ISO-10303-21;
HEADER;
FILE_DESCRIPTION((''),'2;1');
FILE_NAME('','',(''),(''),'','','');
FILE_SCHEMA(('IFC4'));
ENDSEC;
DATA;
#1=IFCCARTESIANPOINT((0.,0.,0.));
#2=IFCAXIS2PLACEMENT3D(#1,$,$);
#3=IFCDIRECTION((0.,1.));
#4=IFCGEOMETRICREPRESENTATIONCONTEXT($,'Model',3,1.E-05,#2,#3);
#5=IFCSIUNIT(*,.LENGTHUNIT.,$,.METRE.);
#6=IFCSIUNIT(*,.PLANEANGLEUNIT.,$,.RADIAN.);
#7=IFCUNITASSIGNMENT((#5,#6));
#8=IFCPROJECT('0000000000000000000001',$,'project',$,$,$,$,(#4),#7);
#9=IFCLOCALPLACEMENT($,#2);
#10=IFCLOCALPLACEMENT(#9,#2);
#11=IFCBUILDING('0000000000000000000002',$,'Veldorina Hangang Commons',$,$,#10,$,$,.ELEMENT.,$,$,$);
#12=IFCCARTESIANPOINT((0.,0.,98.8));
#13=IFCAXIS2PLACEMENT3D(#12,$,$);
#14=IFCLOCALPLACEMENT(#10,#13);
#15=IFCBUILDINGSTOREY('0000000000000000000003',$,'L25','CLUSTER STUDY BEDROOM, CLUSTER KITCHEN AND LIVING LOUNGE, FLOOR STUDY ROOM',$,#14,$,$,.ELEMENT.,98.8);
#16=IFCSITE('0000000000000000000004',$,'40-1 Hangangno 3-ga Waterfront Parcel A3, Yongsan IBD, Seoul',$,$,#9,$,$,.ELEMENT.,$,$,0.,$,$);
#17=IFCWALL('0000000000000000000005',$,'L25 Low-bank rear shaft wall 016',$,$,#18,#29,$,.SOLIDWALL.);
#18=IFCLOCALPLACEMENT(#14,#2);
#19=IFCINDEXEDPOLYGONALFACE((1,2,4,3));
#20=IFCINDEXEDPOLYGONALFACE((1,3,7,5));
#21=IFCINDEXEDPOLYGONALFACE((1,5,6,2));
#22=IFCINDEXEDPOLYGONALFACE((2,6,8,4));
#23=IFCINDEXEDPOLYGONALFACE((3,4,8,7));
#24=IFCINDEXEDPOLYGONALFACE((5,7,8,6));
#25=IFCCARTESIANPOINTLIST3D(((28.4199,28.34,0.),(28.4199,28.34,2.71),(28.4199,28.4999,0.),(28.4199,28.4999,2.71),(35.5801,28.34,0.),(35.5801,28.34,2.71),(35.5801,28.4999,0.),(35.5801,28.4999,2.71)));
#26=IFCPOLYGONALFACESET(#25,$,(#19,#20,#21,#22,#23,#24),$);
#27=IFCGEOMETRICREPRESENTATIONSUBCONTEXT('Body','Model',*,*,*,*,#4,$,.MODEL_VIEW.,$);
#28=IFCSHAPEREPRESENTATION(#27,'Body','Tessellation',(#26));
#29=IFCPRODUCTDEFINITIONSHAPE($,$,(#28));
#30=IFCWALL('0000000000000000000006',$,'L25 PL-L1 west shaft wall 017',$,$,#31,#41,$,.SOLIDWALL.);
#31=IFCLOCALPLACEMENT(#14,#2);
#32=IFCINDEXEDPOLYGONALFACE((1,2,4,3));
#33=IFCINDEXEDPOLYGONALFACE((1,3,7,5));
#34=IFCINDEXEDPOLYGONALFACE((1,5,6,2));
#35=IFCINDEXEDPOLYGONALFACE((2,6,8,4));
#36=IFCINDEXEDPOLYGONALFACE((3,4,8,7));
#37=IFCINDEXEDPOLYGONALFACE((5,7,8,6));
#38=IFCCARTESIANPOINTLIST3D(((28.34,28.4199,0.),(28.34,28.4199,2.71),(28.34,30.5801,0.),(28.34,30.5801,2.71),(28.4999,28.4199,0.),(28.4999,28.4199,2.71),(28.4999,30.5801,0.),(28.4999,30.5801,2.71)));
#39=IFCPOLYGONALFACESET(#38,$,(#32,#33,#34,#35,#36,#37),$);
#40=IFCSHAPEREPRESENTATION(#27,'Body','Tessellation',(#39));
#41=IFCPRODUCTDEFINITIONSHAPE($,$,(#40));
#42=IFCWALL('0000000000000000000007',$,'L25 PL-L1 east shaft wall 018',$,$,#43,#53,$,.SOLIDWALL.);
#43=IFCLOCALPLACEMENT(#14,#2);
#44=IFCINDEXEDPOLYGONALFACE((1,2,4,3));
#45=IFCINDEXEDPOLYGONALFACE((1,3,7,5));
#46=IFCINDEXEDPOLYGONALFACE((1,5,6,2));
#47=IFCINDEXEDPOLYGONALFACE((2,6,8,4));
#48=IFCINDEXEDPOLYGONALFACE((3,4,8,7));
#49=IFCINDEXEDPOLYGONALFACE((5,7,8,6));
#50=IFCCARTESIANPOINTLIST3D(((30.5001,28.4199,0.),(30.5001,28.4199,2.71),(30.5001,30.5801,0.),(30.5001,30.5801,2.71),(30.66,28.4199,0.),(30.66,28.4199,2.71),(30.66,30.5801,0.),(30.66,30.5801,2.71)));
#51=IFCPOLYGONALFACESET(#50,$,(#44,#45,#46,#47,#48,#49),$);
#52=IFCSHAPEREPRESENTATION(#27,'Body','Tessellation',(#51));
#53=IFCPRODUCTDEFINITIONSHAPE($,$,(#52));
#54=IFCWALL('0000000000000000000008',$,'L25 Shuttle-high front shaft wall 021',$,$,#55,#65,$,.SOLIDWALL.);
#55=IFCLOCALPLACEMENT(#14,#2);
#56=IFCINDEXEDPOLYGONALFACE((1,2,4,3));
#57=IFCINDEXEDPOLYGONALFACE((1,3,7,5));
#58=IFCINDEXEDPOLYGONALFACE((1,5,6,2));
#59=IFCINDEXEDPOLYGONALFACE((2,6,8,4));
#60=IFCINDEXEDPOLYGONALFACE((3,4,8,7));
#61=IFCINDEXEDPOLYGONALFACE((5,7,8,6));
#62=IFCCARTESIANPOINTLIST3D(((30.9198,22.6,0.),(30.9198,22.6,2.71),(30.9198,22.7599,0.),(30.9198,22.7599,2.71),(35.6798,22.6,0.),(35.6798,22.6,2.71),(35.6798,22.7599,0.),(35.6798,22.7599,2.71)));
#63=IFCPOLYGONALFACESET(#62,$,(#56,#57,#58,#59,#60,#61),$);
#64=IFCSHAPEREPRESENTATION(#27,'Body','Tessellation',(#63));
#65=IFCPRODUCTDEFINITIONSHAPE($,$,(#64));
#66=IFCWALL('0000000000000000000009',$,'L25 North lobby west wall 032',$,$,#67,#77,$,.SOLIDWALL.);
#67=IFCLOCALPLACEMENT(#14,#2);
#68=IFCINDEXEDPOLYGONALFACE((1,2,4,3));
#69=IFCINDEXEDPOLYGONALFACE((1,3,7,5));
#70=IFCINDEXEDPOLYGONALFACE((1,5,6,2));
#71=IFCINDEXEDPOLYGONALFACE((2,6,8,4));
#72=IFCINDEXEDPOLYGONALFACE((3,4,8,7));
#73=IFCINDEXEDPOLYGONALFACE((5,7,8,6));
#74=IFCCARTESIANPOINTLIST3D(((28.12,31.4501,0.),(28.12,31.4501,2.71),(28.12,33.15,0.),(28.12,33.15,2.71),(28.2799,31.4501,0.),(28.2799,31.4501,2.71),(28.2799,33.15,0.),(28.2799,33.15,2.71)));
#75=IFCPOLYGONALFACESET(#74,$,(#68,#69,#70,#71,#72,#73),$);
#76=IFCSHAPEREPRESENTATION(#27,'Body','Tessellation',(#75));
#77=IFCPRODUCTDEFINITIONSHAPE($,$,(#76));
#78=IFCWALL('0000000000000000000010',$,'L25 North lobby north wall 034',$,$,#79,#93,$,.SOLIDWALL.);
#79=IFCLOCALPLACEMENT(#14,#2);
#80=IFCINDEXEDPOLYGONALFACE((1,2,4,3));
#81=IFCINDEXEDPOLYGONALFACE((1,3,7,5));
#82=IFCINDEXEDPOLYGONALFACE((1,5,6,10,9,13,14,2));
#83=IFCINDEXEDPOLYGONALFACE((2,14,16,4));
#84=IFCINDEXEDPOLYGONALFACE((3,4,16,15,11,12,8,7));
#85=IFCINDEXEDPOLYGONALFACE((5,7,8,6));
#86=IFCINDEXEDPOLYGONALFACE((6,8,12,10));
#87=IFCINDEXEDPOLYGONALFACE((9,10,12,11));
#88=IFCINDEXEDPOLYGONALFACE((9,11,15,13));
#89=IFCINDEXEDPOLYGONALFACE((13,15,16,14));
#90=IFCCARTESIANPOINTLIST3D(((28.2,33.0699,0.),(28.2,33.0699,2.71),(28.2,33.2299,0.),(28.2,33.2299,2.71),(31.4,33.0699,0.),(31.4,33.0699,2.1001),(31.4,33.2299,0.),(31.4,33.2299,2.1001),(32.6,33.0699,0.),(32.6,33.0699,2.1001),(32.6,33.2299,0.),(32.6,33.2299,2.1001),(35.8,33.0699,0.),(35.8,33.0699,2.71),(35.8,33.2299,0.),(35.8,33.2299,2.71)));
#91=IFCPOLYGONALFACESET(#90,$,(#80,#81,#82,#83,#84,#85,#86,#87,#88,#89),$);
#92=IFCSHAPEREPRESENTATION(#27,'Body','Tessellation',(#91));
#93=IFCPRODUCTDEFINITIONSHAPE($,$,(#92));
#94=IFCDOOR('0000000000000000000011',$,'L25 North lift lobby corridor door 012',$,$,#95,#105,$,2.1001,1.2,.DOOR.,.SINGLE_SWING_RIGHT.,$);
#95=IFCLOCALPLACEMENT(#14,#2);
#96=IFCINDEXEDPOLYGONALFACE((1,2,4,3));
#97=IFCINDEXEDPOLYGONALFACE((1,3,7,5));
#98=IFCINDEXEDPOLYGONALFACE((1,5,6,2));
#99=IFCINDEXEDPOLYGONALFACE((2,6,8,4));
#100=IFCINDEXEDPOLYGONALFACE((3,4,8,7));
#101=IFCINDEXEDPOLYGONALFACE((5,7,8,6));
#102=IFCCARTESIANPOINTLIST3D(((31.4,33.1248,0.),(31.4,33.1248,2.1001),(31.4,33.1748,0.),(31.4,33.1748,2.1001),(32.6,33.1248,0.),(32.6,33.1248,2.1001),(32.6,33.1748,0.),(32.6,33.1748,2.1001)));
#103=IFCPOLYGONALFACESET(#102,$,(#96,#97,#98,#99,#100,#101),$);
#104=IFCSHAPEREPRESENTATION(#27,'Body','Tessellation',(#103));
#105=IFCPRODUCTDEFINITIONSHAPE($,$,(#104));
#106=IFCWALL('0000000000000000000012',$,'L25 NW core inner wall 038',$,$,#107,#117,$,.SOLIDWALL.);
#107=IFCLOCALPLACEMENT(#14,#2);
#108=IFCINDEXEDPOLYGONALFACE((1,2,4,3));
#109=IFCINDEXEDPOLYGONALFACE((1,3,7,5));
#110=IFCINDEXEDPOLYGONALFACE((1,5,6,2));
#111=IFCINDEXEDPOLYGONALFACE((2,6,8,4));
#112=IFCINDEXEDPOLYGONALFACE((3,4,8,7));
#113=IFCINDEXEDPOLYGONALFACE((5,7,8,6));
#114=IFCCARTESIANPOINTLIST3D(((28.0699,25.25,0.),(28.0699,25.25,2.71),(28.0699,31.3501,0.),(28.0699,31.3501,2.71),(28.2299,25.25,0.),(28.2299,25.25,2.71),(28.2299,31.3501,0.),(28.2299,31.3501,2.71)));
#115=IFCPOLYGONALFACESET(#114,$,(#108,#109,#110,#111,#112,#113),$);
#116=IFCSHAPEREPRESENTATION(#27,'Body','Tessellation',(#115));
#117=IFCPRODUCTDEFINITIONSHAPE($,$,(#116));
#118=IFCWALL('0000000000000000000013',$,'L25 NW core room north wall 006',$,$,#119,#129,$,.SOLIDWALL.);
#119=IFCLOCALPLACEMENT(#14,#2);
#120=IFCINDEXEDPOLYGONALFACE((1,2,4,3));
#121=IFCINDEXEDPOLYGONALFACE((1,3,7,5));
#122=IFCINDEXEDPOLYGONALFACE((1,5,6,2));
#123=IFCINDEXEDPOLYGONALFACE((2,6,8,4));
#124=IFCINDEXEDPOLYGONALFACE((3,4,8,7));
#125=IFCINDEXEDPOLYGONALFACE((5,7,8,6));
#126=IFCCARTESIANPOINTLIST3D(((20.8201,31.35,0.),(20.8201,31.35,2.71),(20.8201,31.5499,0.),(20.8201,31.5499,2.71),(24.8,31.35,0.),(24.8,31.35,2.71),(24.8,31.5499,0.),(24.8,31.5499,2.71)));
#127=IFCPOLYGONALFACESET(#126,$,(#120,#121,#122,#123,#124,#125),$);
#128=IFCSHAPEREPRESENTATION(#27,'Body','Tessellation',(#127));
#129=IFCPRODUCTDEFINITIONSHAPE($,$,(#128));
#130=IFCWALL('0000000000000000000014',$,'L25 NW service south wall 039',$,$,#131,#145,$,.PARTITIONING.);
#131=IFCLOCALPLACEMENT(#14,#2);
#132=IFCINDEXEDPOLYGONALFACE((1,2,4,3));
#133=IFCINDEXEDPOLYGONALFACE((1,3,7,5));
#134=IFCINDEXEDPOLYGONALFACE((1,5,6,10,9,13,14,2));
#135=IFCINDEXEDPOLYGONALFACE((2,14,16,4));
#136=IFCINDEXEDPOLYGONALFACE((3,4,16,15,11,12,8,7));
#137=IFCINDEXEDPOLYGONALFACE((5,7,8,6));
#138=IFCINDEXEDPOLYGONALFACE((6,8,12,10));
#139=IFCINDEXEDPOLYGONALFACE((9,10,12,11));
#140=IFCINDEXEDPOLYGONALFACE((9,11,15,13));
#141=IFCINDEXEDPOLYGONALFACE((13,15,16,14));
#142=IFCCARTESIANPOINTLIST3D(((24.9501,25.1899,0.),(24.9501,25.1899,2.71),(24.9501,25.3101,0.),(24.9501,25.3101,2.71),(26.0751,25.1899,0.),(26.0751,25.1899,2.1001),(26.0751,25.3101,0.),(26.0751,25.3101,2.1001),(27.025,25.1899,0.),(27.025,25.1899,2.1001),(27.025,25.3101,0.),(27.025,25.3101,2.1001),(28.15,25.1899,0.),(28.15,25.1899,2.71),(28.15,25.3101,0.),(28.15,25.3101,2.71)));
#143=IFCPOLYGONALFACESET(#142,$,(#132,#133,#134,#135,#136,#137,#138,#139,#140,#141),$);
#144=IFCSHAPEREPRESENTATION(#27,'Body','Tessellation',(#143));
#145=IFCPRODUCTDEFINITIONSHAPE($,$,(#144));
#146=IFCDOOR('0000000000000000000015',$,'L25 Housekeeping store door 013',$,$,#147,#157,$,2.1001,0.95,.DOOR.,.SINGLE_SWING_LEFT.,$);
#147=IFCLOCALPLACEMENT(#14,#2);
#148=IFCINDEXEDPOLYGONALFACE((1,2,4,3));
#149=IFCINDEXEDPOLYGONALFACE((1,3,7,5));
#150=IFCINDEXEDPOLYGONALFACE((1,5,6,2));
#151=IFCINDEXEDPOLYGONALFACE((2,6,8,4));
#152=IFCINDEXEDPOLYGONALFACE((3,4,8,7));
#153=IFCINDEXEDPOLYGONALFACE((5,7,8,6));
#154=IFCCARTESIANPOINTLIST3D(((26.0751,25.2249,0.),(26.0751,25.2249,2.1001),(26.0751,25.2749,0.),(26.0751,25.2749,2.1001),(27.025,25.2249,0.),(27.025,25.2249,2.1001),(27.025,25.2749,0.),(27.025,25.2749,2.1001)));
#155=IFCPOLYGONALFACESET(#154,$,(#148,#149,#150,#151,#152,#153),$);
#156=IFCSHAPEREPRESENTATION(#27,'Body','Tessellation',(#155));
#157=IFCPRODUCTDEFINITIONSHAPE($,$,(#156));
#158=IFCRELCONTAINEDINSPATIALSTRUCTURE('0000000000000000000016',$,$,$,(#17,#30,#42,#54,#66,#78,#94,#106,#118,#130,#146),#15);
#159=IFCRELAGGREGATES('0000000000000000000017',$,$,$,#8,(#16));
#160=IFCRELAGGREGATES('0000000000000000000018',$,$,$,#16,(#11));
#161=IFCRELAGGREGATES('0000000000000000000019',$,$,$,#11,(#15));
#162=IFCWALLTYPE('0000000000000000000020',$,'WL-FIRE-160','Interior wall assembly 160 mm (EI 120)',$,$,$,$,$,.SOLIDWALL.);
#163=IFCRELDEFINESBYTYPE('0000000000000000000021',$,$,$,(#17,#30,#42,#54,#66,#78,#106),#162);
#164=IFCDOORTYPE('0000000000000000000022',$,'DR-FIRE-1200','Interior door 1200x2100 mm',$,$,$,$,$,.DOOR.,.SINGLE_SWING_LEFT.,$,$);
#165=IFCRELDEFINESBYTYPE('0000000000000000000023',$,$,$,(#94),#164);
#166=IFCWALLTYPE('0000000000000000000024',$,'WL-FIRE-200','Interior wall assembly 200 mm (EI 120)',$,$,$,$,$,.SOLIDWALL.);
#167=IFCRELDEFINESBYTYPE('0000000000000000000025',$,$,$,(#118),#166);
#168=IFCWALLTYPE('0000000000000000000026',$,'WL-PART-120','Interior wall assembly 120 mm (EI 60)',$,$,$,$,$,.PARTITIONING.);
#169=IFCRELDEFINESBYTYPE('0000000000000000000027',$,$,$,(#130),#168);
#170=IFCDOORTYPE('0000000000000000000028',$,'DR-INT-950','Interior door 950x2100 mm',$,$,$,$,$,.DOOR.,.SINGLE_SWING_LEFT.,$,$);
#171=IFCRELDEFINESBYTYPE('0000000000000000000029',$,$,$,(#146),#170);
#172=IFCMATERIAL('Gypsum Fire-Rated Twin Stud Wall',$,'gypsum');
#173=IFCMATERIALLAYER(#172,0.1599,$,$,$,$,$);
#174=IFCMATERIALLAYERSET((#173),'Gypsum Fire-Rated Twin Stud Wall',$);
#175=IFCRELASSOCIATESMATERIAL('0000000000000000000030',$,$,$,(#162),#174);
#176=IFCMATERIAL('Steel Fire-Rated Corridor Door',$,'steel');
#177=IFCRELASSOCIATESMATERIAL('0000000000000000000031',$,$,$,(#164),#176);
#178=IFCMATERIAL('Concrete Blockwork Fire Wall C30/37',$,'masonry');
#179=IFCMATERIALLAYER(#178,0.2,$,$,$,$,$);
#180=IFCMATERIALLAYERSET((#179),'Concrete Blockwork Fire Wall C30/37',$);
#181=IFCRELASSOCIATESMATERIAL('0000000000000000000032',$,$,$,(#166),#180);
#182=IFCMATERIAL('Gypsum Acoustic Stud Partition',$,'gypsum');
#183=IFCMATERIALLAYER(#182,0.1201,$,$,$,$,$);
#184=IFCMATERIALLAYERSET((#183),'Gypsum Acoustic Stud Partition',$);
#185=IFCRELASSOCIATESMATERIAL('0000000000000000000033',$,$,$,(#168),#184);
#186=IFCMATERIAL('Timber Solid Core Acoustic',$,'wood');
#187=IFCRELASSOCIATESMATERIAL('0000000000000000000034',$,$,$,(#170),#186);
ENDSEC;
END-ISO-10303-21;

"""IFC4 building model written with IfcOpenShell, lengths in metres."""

from ifc_helpers import new_model, si_unit, direction, frame, frame_2d, origin, place, context, subcontext, project, spatial, rectangle, extrude, material, layer, layer_set, type_object, element, fill, save


model = new_model("IFC4")

# Units and contexts
model_context = context("Model", 3, precision=1e-05, world=origin(), true_north=direction((0.0, 1.0)))
body_context = subcontext(model_context, "Body", "Model", "MODEL_VIEW")
ifc_project = project(units=[si_unit("LENGTHUNIT", "METRE"), si_unit("PLANEANGLEUNIT", "RADIAN")], contexts=[model_context])

# Site, building, storey
site_placement = place(None, origin())
site = spatial("IfcSite", under=ifc_project, at=site_placement, Name="40-1 Hangangno 3-ga Waterfront Parcel A3, Yongsan IBD, Seoul", CompositionType="ELEMENT", RefElevation=0.0)
building_placement = place(site_placement, origin())
building = spatial("IfcBuilding", under=site, at=building_placement, Name="Veldorina Hangang Commons", CompositionType="ELEMENT")
storey_placement = place(building_placement, frame((0.0, 0.0, 98.8)))
storey = spatial("IfcBuildingStorey", under=building, at=storey_placement, Name="L25", Description="CLUSTER STUDY BEDROOM, CLUSTER KITCHEN AND LIVING LOUNGE, FLOOR STUDY ROOM", CompositionType="ELEMENT", Elevation=98.8)

# Shared definitions
ifc_material_1 = material(Name="Gypsum Fire-Rated Twin Stud Wall", Category="gypsum")
ifc_layer_1 = layer(ifc_material_1, 0.1599)
ifc_layer_set_1 = layer_set([ifc_layer_1], Name="Gypsum Fire-Rated Twin Stud Wall")
wall_type_1 = type_object("IfcWallType", Name="WL-FIRE-160", Description="Interior wall assembly 160 mm (EI 120)", PredefinedType="SOLIDWALL", material=ifc_layer_set_1)

# Walls
wall_1_placement = place(storey_placement, frame((28.4199, 28.4199, 0.0), z_axis=(0.0, 0.0, 1.0), x_axis=(1.0, 0.0, 0.0)))
element("IfcWall", 1, at=wall_1_placement, inside=storey, type_object=wall_type_1, Name="L25 Low-bank rear shaft wall 016", PredefinedType="SOLIDWALL", context=body_context, shape_type="SweptSolid", body=[
    extrude(rectangle(XDim=7.1602, YDim=0.1599, at=frame_2d((3.5801, 0.0))), origin(), (0.0, 0.0, 1.0), 2.71),
])
for number, where, z_axis, x_axis, name in (
    (2, (28.4199, 28.4199, 0.0), (0.0, 0.0, 1.0), (0.0, 1.0, 0.0), "L25 PL-L1 west shaft wall 017"),
    (3, (30.5801, 28.4199, 0.0), (0.0, 0.0, 1.0), (0.0, 1.0, 0.0), "L25 PL-L1 east shaft wall 018"),
):
    element("IfcWall", number, at=place(storey_placement, frame(where, z_axis=z_axis, x_axis=x_axis)), inside=storey, type_object=wall_type_1, Name=name, PredefinedType="SOLIDWALL", context=body_context, shape_type="SweptSolid", body=[
        extrude(rectangle(XDim=2.1602, YDim=0.1599, at=frame_2d((1.0801, 0.0))), origin(), (0.0, 0.0, 1.0), 2.71),
    ])
wall_2_placement = place(storey_placement, frame((30.9199, 22.6799, 0.0), z_axis=(0.0, 0.0, 1.0), x_axis=(1.0, 0.0, 0.0)))
element("IfcWall", 4, at=wall_2_placement, inside=storey, type_object=wall_type_1, Name="L25 Shuttle-high front shaft wall 021", PredefinedType="SOLIDWALL", context=body_context, shape_type="SweptSolid", body=[
    extrude(rectangle(XDim=4.76, YDim=0.1599, at=frame_2d((2.3799, 0.0))), origin(), (0.0, 0.0, 1.0), 2.71),
])
wall_3_placement = place(storey_placement, frame((28.2, 31.45, 0.0), z_axis=(0.0, 0.0, 1.0), x_axis=(0.0, 1.0, 0.0)))
element("IfcWall", 5, at=wall_3_placement, inside=storey, type_object=wall_type_1, Name="L25 North lobby west wall 032", PredefinedType="SOLIDWALL", context=body_context, shape_type="SweptSolid", body=[
    extrude(rectangle(XDim=1.7, YDim=0.1599, at=frame_2d((0.8501, 0.0))), origin(), (0.0, 0.0, 1.0), 2.71),
])

# Wall, opening, door
wall_4_placement = place(storey_placement, frame((28.2, 33.1499, 0.0), z_axis=(0.0, 0.0, 1.0), x_axis=(1.0, 0.0, 0.0)))
wall_4 = element("IfcWall", 6, at=wall_4_placement, inside=storey, type_object=wall_type_1, Name="L25 North lobby north wall 034", PredefinedType="SOLIDWALL", context=body_context, shape_type="SweptSolid", body=[
    extrude(rectangle(XDim=7.6001, YDim=0.1599, at=frame_2d((3.8, 0.0))), origin(), (0.0, 0.0, 1.0), 2.71),
])
opening_1_placement = place(wall_4_placement, frame((3.2, 0.0, 0.0)))
opening_1 = element("IfcOpeningElement", 7, at=opening_1_placement, cuts=wall_4, PredefinedType="OPENING", context=body_context, shape_type="SweptSolid", body=[
    extrude(rectangle(XDim=1.2, YDim=2.1001, at=frame_2d((0.6001, 1.05))), frame((0.0, 0.0898, 0.0), z_axis=(0.0, -1.0, 0.0), x_axis=(1.0, 0.0, 0.0)), (0.0, 0.0, 1.0), 0.1799),
])
ifc_material_2 = material(Name="Steel Fire-Rated Corridor Door", Category="steel")
door_type_1 = type_object("IfcDoorType", Name="DR-FIRE-1200", Description="Interior door 1200x2100 mm", OperationType="SINGLE_SWING_LEFT", PredefinedType="DOOR", material=ifc_material_2)
door_1_placement = place(opening_1_placement, origin())
door_1 = element("IfcDoor", 8, at=door_1_placement, inside=storey, type_object=door_type_1, Name="L25 North lift lobby corridor door 012", OperationType="SINGLE_SWING_RIGHT", OverallHeight=2.1001, OverallWidth=1.2, PredefinedType="DOOR", context=body_context, shape_type="SweptSolid", body=[
    extrude(rectangle(XDim=1.2, YDim=2.1001, at=frame_2d((0.6001, 1.05))), frame((0.0, 0.0249, 0.0), z_axis=(0.0, -1.0, 0.0), x_axis=(1.0, 0.0, 0.0)), (0.0, 0.0, 1.0), 0.05),
])
fill(opening_1, door_1)

# Walls
wall_5_placement = place(storey_placement, frame((28.1499, 25.25, 0.0), z_axis=(0.0, 0.0, 1.0), x_axis=(0.0, 1.0, 0.0)))
element("IfcWall", 9, at=wall_5_placement, inside=storey, type_object=wall_type_1, Name="L25 NW core inner wall 038", PredefinedType="SOLIDWALL", context=body_context, shape_type="SweptSolid", body=[
    extrude(rectangle(XDim=6.1001, YDim=0.1599, at=frame_2d((3.05, 0.0))), origin(), (0.0, 0.0, 1.0), 2.71),
])
ifc_material_3 = material(Name="Concrete Blockwork Fire Wall C30/37", Category="masonry")
ifc_layer_2 = layer(ifc_material_3, 0.2)
ifc_layer_set_2 = layer_set([ifc_layer_2], Name="Concrete Blockwork Fire Wall C30/37")
wall_type_2 = type_object("IfcWallType", Name="WL-FIRE-200", Description="Interior wall assembly 200 mm (EI 120)", PredefinedType="SOLIDWALL", material=ifc_layer_set_2)
wall_6_placement = place(storey_placement, frame((20.8201, 31.45, 0.0), z_axis=(0.0, 0.0, 1.0), x_axis=(1.0, 0.0, 0.0)))
element("IfcWall", 10, at=wall_6_placement, inside=storey, type_object=wall_type_2, Name="L25 NW core room north wall 006", PredefinedType="SOLIDWALL", context=body_context, shape_type="SweptSolid", body=[
    extrude(rectangle(XDim=3.98, YDim=0.2, at=frame_2d((1.99, 0.0))), origin(), (0.0, 0.0, 1.0), 2.71),
])

# Wall, opening, door
ifc_material_4 = material(Name="Gypsum Acoustic Stud Partition", Category="gypsum")
ifc_layer_3 = layer(ifc_material_4, 0.1201)
ifc_layer_set_3 = layer_set([ifc_layer_3], Name="Gypsum Acoustic Stud Partition")
wall_type_3 = type_object("IfcWallType", Name="WL-PART-120", Description="Interior wall assembly 120 mm (EI 60)", PredefinedType="PARTITIONING", material=ifc_layer_set_3)
wall_7_placement = place(storey_placement, frame((24.95, 25.25, 0.0), z_axis=(0.0, 0.0, 1.0), x_axis=(1.0, 0.0, 0.0)))
wall_7 = element("IfcWall", 11, at=wall_7_placement, inside=storey, type_object=wall_type_3, Name="L25 NW service south wall 039", PredefinedType="PARTITIONING", context=body_context, shape_type="SweptSolid", body=[
    extrude(rectangle(XDim=3.2, YDim=0.1201, at=frame_2d((1.6001, 0.0))), origin(), (0.0, 0.0, 1.0), 2.71),
])
opening_2_placement = place(wall_7_placement, frame((1.125, 0.0, 0.0)))
opening_2 = element("IfcOpeningElement", 12, at=opening_2_placement, cuts=wall_7, PredefinedType="OPENING", context=body_context, shape_type="SweptSolid", body=[
    extrude(rectangle(XDim=0.95, YDim=2.1001, at=frame_2d((0.4751, 1.05))), frame((0.0, 0.0701, 0.0), z_axis=(0.0, -1.0, 0.0), x_axis=(1.0, 0.0, 0.0)), (0.0, 0.0, 1.0), 0.1401),
])
ifc_material_5 = material(Name="Timber Solid Core Acoustic", Category="wood")
door_type_2 = type_object("IfcDoorType", Name="DR-INT-950", Description="Interior door 950x2100 mm", OperationType="SINGLE_SWING_LEFT", PredefinedType="DOOR", material=ifc_material_5)
door_2_placement = place(opening_2_placement, origin())
door_2 = element("IfcDoor", 13, at=door_2_placement, inside=storey, type_object=door_type_2, Name="L25 Housekeeping store door 013", OperationType="SINGLE_SWING_LEFT", OverallHeight=2.1001, OverallWidth=0.95, PredefinedType="DOOR", context=body_context, shape_type="SweptSolid", body=[
    extrude(rectangle(XDim=0.95, YDim=2.1001, at=frame_2d((0.4751, 1.05))), frame((0.0, 0.0249, 0.0), z_axis=(0.0, -1.0, 0.0), x_axis=(1.0, 0.0, 0.0)), (0.0, 0.0, 1.0), 0.05),
])
fill(opening_2, door_2)

save(model, "model.ifc")
